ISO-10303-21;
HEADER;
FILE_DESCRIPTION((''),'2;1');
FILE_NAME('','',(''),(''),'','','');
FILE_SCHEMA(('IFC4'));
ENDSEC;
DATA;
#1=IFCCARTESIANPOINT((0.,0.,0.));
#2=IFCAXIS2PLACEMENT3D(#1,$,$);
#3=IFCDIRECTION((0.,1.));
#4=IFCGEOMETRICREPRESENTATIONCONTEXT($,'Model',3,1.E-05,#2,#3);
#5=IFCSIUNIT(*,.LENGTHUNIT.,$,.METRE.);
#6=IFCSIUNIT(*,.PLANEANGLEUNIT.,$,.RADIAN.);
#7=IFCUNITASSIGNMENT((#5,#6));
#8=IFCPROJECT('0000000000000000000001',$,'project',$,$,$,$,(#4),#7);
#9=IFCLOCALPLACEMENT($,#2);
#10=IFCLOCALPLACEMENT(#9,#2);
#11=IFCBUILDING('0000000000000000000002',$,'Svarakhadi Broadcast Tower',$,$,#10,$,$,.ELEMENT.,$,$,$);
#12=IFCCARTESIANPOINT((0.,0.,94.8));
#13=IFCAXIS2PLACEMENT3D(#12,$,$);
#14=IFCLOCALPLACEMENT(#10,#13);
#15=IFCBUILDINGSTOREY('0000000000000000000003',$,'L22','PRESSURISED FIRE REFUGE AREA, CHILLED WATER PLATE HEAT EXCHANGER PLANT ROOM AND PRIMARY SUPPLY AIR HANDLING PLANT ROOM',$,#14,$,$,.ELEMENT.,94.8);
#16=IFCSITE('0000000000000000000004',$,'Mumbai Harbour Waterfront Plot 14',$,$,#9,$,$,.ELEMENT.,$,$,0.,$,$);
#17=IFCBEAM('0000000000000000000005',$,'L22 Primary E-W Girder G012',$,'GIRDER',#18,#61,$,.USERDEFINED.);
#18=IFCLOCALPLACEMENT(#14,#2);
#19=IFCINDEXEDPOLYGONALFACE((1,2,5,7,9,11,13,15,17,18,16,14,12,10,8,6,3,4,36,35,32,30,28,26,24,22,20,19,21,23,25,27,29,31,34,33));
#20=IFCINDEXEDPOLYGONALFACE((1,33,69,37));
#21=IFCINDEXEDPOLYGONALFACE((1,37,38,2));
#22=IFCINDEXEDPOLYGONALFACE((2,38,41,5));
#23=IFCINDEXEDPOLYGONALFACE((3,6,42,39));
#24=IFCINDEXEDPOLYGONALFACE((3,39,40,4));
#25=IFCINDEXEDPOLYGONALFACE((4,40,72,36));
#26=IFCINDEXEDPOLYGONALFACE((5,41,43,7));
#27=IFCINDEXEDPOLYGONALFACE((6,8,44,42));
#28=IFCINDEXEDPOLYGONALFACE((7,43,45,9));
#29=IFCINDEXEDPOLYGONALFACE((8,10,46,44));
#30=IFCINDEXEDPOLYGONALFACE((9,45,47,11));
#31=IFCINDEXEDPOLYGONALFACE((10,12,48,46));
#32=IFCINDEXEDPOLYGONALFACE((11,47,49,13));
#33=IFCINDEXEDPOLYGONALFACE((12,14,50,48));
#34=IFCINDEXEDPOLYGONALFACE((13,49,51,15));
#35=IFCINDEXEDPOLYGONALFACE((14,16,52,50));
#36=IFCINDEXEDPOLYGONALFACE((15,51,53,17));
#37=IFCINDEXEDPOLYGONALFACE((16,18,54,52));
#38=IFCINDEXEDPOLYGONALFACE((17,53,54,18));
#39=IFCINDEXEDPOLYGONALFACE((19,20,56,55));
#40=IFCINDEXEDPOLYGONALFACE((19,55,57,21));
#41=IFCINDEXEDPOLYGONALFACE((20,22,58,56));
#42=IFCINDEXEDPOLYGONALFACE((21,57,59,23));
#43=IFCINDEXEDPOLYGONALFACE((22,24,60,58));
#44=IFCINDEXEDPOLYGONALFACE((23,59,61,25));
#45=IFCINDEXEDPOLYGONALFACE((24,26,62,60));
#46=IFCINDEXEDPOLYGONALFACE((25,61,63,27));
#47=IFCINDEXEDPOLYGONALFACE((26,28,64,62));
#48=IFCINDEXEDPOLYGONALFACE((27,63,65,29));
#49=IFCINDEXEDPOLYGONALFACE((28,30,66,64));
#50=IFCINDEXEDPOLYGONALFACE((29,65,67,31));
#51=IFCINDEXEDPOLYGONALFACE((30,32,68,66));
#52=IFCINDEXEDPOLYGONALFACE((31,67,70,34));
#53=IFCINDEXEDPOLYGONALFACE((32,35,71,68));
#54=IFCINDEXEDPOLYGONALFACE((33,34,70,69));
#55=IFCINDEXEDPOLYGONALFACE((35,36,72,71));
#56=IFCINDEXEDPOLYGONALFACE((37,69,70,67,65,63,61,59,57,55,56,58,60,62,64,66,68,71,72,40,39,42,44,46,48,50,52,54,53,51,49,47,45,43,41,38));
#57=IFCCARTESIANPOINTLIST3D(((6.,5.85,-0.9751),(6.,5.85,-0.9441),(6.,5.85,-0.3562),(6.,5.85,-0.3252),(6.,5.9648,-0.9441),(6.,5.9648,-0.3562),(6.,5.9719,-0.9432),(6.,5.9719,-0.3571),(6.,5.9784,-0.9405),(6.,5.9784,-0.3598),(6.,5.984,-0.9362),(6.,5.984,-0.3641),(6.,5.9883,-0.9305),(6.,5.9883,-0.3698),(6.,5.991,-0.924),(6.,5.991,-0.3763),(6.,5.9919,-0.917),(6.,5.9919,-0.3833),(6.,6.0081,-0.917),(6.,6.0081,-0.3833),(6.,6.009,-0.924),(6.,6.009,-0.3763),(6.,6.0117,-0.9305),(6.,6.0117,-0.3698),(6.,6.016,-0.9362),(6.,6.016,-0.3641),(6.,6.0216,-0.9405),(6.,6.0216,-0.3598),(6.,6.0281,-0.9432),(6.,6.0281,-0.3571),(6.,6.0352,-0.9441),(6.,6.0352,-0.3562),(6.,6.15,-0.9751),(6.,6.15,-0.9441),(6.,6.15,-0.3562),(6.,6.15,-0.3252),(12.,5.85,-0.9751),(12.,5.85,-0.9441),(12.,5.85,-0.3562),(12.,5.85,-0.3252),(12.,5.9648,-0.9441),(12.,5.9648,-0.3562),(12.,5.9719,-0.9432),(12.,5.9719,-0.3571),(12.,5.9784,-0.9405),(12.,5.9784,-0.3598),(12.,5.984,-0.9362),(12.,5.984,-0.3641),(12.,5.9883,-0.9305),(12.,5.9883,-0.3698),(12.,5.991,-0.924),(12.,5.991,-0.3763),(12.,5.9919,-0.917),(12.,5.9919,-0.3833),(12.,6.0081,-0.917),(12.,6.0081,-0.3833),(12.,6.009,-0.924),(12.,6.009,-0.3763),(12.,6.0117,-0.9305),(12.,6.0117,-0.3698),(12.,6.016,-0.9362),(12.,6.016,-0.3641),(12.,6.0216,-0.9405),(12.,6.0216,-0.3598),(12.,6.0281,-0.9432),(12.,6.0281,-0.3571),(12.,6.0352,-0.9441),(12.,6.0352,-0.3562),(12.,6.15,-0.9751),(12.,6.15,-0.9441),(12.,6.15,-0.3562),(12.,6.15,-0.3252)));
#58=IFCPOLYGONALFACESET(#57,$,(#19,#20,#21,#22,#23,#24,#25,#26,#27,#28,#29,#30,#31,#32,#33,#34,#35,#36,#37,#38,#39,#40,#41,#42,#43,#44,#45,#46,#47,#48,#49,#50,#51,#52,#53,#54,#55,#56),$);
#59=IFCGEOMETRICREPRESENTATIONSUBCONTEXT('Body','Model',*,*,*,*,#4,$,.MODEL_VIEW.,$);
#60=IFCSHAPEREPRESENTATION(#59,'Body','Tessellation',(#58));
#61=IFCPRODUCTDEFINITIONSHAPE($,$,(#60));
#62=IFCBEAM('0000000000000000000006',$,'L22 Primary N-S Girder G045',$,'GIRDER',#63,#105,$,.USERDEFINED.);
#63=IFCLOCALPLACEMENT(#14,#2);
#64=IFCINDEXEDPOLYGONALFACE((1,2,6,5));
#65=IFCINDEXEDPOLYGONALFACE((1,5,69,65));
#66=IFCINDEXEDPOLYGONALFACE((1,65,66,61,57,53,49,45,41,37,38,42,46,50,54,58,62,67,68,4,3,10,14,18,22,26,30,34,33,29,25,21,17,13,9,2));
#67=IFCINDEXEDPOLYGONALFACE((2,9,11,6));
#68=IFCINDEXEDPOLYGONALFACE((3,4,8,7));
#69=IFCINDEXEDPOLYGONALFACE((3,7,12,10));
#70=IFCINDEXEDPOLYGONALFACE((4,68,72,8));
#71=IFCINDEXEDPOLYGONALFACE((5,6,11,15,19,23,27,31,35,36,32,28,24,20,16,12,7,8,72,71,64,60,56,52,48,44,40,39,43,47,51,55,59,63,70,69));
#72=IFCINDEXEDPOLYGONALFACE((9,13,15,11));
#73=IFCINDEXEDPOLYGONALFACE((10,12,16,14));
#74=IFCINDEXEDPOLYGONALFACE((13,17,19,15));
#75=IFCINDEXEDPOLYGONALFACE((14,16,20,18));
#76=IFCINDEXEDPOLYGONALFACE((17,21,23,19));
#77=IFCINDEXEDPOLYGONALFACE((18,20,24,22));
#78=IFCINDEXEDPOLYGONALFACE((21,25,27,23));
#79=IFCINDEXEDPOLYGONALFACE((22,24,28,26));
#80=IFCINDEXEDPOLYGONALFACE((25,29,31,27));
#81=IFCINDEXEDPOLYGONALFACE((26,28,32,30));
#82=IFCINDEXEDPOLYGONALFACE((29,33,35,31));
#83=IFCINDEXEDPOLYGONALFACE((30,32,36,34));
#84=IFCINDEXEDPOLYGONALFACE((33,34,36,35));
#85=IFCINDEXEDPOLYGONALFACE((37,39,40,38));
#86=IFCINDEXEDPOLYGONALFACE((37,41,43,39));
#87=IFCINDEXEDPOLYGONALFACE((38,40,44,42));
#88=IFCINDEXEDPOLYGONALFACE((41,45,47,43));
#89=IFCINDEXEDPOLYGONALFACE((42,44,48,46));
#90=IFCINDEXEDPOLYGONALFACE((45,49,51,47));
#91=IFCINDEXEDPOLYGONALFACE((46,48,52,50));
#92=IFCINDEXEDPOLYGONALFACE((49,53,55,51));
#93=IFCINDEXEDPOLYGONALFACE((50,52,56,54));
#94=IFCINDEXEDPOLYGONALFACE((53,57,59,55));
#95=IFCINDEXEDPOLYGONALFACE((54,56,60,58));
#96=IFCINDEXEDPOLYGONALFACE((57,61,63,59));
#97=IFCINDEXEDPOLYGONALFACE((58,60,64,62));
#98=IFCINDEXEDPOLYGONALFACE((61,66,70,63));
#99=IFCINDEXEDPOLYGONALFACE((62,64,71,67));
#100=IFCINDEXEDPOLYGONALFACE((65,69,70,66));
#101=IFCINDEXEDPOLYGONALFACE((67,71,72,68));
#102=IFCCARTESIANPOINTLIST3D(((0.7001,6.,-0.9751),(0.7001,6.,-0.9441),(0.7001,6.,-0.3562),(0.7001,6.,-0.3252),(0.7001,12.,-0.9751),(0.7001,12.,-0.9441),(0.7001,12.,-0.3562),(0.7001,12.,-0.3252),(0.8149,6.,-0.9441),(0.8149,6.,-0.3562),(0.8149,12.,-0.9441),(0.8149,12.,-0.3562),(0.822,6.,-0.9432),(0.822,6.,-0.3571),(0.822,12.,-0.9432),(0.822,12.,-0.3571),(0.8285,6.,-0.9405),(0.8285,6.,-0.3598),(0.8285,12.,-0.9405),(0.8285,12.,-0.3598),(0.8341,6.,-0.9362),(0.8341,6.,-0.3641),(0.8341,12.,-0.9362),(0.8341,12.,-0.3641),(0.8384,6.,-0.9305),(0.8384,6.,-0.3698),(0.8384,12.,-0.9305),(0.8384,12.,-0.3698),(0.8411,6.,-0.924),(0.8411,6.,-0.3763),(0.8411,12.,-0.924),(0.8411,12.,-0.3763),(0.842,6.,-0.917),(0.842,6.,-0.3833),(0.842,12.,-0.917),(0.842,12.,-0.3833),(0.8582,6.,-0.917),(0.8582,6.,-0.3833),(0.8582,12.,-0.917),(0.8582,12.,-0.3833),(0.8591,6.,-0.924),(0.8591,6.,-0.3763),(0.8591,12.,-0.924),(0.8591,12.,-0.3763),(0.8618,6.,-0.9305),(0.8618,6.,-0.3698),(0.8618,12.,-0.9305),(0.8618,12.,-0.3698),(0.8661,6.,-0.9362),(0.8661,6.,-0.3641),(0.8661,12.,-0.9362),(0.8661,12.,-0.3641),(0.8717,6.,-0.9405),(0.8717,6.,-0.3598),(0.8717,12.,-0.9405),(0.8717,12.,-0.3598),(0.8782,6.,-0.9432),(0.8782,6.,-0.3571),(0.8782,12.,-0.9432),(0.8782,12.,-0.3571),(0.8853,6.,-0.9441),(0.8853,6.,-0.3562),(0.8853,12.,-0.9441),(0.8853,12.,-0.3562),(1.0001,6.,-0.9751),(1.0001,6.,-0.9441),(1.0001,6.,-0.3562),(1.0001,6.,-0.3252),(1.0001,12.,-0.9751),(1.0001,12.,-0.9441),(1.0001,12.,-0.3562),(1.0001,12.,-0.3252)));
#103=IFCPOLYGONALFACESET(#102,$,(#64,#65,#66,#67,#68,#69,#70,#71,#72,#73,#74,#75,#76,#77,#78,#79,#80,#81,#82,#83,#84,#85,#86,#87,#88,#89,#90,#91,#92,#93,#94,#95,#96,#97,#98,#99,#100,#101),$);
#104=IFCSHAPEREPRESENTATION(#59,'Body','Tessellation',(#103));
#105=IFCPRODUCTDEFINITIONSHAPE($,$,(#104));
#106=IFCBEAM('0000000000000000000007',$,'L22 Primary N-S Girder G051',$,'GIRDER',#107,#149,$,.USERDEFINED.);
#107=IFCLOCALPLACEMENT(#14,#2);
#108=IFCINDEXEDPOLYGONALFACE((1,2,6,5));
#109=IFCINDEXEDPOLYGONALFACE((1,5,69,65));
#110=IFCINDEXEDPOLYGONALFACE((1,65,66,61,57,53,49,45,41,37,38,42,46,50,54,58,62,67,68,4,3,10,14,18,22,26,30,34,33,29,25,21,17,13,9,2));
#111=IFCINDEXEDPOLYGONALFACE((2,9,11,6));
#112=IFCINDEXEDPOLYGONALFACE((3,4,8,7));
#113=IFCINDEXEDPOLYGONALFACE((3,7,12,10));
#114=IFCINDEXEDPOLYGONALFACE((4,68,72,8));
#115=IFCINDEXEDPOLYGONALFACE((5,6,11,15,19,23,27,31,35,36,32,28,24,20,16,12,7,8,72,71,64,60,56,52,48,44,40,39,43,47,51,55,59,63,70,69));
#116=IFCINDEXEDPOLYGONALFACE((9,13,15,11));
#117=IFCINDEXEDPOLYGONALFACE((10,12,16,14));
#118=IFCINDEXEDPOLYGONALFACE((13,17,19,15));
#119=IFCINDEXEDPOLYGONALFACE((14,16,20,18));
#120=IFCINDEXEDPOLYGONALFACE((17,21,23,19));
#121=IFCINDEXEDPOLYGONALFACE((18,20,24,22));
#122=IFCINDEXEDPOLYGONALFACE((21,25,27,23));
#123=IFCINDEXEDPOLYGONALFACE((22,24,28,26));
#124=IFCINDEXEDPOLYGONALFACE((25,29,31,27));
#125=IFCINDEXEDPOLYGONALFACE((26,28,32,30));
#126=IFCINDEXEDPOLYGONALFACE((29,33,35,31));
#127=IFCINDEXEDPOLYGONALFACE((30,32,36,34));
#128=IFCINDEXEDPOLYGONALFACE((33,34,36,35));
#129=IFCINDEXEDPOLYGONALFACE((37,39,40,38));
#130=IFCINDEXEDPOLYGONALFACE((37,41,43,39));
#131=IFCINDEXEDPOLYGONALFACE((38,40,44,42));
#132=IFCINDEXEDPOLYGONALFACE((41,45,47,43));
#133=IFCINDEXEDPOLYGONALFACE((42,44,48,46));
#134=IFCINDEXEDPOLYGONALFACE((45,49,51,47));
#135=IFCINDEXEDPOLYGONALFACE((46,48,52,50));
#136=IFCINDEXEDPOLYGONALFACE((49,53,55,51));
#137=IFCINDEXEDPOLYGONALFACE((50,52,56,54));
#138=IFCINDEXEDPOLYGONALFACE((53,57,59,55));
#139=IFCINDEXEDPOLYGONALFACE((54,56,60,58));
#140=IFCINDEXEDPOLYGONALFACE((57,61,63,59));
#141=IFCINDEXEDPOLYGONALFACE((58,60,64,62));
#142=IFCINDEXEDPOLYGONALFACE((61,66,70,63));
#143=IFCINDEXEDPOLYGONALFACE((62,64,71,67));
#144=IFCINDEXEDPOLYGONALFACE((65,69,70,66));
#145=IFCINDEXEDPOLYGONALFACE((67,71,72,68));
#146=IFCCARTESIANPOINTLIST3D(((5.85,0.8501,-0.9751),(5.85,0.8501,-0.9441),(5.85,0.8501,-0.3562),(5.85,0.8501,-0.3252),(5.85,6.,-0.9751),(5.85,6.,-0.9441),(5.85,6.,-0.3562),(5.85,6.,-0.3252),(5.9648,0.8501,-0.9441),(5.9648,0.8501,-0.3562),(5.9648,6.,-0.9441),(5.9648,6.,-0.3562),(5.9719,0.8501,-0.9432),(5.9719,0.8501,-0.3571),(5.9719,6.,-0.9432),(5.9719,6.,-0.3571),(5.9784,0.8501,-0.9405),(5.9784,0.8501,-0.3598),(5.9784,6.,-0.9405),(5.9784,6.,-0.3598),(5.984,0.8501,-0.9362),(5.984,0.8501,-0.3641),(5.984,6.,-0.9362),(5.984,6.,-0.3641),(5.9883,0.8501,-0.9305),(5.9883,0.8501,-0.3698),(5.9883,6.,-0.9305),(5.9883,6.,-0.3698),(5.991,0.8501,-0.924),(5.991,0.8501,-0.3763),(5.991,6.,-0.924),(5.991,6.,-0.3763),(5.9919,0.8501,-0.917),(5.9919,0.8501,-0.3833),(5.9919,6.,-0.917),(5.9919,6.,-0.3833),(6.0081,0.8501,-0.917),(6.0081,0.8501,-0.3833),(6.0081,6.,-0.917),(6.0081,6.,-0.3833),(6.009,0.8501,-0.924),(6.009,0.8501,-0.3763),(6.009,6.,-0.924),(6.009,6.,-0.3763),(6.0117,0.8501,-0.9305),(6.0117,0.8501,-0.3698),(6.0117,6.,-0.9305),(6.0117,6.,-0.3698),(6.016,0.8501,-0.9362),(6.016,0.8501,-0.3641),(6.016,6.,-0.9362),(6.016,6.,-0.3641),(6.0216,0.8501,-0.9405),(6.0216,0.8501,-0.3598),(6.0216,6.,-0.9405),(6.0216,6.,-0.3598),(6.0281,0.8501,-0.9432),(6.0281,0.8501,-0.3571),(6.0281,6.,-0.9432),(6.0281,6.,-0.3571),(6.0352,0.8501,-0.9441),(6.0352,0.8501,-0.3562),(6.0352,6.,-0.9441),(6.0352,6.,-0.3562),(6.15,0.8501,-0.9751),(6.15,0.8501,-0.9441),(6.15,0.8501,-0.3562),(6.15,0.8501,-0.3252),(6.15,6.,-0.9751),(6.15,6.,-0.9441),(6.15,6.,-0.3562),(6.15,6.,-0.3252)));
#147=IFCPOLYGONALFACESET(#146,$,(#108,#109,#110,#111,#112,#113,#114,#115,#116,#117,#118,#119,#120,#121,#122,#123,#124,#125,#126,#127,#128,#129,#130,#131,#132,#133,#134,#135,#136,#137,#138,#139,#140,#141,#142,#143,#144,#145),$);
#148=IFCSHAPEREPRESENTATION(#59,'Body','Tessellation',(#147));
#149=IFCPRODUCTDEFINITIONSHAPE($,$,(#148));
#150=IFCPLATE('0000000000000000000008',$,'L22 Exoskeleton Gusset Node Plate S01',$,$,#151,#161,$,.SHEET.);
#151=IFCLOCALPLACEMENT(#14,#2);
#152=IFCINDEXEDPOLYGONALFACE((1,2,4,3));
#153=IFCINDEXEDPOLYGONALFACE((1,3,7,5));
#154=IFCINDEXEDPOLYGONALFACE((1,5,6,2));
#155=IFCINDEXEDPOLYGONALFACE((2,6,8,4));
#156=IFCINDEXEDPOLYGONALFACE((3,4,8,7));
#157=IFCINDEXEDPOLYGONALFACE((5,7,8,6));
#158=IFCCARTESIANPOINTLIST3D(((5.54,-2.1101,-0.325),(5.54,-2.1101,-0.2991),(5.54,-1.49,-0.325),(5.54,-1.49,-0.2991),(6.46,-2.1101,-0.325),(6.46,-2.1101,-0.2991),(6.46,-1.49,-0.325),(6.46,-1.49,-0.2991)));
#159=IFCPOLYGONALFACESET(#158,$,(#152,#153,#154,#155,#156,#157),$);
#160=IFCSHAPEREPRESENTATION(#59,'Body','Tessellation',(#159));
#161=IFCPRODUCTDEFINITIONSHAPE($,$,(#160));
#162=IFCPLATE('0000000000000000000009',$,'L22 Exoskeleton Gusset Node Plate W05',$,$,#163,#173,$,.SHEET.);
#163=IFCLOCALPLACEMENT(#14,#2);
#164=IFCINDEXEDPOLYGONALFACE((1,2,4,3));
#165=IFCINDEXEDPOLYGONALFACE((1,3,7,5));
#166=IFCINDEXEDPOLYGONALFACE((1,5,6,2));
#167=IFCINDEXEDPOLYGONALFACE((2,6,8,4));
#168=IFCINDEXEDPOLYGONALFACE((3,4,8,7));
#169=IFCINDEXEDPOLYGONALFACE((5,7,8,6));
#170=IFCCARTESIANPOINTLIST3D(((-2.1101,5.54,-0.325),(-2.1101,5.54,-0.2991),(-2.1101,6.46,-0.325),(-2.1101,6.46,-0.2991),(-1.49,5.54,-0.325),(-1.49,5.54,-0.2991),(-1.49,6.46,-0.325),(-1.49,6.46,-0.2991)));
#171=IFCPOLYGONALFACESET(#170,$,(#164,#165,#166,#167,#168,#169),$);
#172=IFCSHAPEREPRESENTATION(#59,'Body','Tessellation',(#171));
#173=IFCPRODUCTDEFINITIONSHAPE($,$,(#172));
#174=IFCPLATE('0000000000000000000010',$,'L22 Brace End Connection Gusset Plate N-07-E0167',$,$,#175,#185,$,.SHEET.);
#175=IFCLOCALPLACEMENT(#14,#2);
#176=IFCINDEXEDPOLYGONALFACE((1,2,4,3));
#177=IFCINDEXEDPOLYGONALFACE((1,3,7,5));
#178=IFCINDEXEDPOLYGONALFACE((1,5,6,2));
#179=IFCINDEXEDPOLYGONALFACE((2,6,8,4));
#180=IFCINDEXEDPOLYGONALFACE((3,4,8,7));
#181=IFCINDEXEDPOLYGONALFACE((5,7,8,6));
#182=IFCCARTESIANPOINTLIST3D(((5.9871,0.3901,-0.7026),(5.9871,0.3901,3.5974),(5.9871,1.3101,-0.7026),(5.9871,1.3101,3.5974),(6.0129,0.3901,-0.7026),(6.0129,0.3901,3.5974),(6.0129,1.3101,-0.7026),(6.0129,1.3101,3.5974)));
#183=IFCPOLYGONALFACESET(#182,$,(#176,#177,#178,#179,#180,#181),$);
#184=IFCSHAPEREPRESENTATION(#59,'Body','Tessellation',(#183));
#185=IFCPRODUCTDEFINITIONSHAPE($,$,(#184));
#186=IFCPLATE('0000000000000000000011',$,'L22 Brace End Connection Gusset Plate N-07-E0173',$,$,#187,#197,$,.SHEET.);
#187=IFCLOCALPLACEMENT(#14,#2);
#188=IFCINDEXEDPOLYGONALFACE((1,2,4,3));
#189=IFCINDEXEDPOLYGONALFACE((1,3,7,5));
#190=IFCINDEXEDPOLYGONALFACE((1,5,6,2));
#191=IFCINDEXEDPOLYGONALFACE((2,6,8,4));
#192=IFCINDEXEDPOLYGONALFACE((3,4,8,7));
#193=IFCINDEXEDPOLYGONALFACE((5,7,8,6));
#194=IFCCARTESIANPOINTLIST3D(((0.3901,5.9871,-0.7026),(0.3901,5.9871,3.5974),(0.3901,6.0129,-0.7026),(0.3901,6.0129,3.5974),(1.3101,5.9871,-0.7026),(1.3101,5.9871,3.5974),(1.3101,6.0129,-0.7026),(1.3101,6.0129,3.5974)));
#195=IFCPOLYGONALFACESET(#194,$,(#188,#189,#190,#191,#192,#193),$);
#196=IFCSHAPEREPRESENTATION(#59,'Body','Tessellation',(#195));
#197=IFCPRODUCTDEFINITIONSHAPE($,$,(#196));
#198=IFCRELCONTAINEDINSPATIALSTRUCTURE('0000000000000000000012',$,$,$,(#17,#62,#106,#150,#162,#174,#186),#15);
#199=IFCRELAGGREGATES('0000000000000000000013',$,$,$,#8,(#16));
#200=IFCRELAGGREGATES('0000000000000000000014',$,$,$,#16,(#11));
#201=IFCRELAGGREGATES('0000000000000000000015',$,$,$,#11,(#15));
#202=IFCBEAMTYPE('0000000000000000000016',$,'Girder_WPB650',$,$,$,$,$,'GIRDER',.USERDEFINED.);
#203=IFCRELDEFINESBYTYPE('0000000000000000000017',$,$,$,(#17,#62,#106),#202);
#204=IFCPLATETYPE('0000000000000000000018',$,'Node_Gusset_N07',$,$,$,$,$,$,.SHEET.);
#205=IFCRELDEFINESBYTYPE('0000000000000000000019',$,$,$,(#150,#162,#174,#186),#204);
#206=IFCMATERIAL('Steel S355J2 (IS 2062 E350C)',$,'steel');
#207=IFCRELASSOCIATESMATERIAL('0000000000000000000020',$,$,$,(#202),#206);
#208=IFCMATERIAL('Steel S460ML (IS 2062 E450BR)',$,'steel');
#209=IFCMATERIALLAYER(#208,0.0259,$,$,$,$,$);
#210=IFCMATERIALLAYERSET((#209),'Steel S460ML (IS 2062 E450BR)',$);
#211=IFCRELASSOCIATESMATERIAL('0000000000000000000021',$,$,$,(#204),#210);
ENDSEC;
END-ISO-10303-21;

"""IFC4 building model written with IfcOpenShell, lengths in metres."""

from ifc_helpers import new_model, si_unit, direction, frame, origin, origin_2d, place, context, subcontext, project, spatial, rectangle, i_section, extrude, material, layer, layer_set, material_profile, profile_set, type_object, element, save


model = new_model("IFC4")

# Units and contexts
model_context = context("Model", 3, precision=1e-05, world=origin(), true_north=direction((0.0, 1.0)))
body_context = subcontext(model_context, "Body", "Model", "MODEL_VIEW")
ifc_project = project(units=[si_unit("LENGTHUNIT", "METRE"), si_unit("PLANEANGLEUNIT", "RADIAN")], contexts=[model_context])

# Site, building, storey
site_placement = place(None, origin())
site = spatial("IfcSite", under=ifc_project, at=site_placement, Name="Mumbai Harbour Waterfront Plot 14", CompositionType="ELEMENT", RefElevation=0.0)
building_placement = place(site_placement, origin())
building = spatial("IfcBuilding", under=site, at=building_placement, Name="Svarakhadi Broadcast Tower", CompositionType="ELEMENT")
storey_placement = place(building_placement, frame((0.0, 0.0, 94.8)))
storey = spatial("IfcBuildingStorey", under=building, at=storey_placement, Name="L22", Description="PRESSURISED FIRE REFUGE AREA, CHILLED WATER PLATE HEAT EXCHANGER PLANT ROOM AND PRIMARY SUPPLY AIR HANDLING PLANT ROOM", CompositionType="ELEMENT", Elevation=94.8)

# Shared definitions
ifc_material_1 = material(Name="Steel S460ML (IS 2062 E450BR)", Category="steel")

# Beams
ifc_material_2 = material(Name="Steel S355J2 (IS 2062 E350C)", Category="steel")
ifc_material_profile_1 = material_profile(ifc_material_2, i_section(OverallWidth=0.3, OverallDepth=0.6499, WebThickness=0.0161, FlangeThickness=0.031, FilletRadius=0.0271, at=origin_2d()), Name="WPB 650x300x225")
ifc_profile_set_1 = profile_set([ifc_material_profile_1], Name="Steel S355J2 (IS 2062 E350C)")
beam_type = type_object("IfcBeamType", Name="Girder_WPB650", ElementType="GIRDER", PredefinedType="USERDEFINED", material=ifc_profile_set_1)
for number, where, z_axis, x_axis, name in (
    (1, (6.0, 6.0, -0.6501), (1.0, 0.0, 0.0), (0.0, 1.0, 0.0), "L22 Primary E-W Girder G012"),
    (2, (0.8501, 6.0, -0.6501), (0.0, 1.0, 0.0), (-1.0, 0.0, 0.0), "L22 Primary N-S Girder G045"),
):
    element("IfcBeam", number, at=place(storey_placement, frame(where, z_axis=z_axis, x_axis=x_axis)), inside=storey, type_object=beam_type, Name=name, ObjectType="GIRDER", PredefinedType="USERDEFINED", context=body_context, shape_type="SweptSolid", body=[
        extrude(i_section(OverallWidth=0.3, OverallDepth=0.6499, WebThickness=0.0161, FlangeThickness=0.031, FilletRadius=0.0271, at=origin_2d()), origin(), (0.0, 0.0, 1.0), 6.0),
    ])
beam_1_placement = place(storey_placement, frame((6.0, 0.8501, -0.6501), z_axis=(0.0, 1.0, 0.0), x_axis=(-1.0, 0.0, 0.0)))
element("IfcBeam", 3, at=beam_1_placement, inside=storey, type_object=beam_type, Name="L22 Primary N-S Girder G051", ObjectType="GIRDER", PredefinedType="USERDEFINED", context=body_context, shape_type="SweptSolid", body=[
    extrude(i_section(OverallWidth=0.3, OverallDepth=0.6499, WebThickness=0.0161, FlangeThickness=0.031, FilletRadius=0.0271, at=origin_2d()), origin(), (0.0, 0.0, 1.0), 5.1499),
])

# Plates
ifc_layer_1 = layer(ifc_material_1, 0.0259)
ifc_layer_set_1 = layer_set([ifc_layer_1], Name="Steel S460ML (IS 2062 E450BR)")
plate_type = type_object("IfcPlateType", Name="Node_Gusset_N07", PredefinedType="SHEET", material=ifc_layer_set_1)
for number, where, z_axis, x_axis, name in (
    (4, (6.0, -1.8, -0.325), (0.0, 0.0, 1.0), (1.0, 0.0, 0.0), "L22 Exoskeleton Gusset Node Plate S01"),
    (5, (-1.8, 6.0, -0.325), (0.0, 0.0, 1.0), (0.0, 1.0, 0.0), "L22 Exoskeleton Gusset Node Plate W05"),
):
    element("IfcPlate", number, at=place(storey_placement, frame(where, z_axis=z_axis, x_axis=x_axis)), inside=storey, type_object=plate_type, Name=name, PredefinedType="SHEET", context=body_context, shape_type="SweptSolid", body=[
        extrude(rectangle(XDim=0.9199, YDim=0.6201, at=origin_2d()), origin(), (0.0, 0.0, 1.0), 0.0259),
    ])
for number, where, z_axis, x_axis, name in (
    (6, (6.0, 0.8501, -0.7026), (0.0, 0.0, 1.0), (0.0, 1.0, 0.0), "L22 Brace End Connection Gusset Plate N-07-E0167"),
    (7, (0.8501, 6.0, -0.7026), (0.0, 0.0, 1.0), (1.0, 0.0, 0.0), "L22 Brace End Connection Gusset Plate N-07-E0173"),
):
    element("IfcPlate", number, at=place(storey_placement, frame(where, z_axis=z_axis, x_axis=x_axis)), inside=storey, type_object=plate_type, Name=name, PredefinedType="SHEET", context=body_context, shape_type="SweptSolid", body=[
        extrude(rectangle(XDim=0.9199, YDim=0.0259, at=origin_2d()), origin(), (0.0, 0.0, 1.0), 4.3),
    ])

save(model, "model.ifc")
